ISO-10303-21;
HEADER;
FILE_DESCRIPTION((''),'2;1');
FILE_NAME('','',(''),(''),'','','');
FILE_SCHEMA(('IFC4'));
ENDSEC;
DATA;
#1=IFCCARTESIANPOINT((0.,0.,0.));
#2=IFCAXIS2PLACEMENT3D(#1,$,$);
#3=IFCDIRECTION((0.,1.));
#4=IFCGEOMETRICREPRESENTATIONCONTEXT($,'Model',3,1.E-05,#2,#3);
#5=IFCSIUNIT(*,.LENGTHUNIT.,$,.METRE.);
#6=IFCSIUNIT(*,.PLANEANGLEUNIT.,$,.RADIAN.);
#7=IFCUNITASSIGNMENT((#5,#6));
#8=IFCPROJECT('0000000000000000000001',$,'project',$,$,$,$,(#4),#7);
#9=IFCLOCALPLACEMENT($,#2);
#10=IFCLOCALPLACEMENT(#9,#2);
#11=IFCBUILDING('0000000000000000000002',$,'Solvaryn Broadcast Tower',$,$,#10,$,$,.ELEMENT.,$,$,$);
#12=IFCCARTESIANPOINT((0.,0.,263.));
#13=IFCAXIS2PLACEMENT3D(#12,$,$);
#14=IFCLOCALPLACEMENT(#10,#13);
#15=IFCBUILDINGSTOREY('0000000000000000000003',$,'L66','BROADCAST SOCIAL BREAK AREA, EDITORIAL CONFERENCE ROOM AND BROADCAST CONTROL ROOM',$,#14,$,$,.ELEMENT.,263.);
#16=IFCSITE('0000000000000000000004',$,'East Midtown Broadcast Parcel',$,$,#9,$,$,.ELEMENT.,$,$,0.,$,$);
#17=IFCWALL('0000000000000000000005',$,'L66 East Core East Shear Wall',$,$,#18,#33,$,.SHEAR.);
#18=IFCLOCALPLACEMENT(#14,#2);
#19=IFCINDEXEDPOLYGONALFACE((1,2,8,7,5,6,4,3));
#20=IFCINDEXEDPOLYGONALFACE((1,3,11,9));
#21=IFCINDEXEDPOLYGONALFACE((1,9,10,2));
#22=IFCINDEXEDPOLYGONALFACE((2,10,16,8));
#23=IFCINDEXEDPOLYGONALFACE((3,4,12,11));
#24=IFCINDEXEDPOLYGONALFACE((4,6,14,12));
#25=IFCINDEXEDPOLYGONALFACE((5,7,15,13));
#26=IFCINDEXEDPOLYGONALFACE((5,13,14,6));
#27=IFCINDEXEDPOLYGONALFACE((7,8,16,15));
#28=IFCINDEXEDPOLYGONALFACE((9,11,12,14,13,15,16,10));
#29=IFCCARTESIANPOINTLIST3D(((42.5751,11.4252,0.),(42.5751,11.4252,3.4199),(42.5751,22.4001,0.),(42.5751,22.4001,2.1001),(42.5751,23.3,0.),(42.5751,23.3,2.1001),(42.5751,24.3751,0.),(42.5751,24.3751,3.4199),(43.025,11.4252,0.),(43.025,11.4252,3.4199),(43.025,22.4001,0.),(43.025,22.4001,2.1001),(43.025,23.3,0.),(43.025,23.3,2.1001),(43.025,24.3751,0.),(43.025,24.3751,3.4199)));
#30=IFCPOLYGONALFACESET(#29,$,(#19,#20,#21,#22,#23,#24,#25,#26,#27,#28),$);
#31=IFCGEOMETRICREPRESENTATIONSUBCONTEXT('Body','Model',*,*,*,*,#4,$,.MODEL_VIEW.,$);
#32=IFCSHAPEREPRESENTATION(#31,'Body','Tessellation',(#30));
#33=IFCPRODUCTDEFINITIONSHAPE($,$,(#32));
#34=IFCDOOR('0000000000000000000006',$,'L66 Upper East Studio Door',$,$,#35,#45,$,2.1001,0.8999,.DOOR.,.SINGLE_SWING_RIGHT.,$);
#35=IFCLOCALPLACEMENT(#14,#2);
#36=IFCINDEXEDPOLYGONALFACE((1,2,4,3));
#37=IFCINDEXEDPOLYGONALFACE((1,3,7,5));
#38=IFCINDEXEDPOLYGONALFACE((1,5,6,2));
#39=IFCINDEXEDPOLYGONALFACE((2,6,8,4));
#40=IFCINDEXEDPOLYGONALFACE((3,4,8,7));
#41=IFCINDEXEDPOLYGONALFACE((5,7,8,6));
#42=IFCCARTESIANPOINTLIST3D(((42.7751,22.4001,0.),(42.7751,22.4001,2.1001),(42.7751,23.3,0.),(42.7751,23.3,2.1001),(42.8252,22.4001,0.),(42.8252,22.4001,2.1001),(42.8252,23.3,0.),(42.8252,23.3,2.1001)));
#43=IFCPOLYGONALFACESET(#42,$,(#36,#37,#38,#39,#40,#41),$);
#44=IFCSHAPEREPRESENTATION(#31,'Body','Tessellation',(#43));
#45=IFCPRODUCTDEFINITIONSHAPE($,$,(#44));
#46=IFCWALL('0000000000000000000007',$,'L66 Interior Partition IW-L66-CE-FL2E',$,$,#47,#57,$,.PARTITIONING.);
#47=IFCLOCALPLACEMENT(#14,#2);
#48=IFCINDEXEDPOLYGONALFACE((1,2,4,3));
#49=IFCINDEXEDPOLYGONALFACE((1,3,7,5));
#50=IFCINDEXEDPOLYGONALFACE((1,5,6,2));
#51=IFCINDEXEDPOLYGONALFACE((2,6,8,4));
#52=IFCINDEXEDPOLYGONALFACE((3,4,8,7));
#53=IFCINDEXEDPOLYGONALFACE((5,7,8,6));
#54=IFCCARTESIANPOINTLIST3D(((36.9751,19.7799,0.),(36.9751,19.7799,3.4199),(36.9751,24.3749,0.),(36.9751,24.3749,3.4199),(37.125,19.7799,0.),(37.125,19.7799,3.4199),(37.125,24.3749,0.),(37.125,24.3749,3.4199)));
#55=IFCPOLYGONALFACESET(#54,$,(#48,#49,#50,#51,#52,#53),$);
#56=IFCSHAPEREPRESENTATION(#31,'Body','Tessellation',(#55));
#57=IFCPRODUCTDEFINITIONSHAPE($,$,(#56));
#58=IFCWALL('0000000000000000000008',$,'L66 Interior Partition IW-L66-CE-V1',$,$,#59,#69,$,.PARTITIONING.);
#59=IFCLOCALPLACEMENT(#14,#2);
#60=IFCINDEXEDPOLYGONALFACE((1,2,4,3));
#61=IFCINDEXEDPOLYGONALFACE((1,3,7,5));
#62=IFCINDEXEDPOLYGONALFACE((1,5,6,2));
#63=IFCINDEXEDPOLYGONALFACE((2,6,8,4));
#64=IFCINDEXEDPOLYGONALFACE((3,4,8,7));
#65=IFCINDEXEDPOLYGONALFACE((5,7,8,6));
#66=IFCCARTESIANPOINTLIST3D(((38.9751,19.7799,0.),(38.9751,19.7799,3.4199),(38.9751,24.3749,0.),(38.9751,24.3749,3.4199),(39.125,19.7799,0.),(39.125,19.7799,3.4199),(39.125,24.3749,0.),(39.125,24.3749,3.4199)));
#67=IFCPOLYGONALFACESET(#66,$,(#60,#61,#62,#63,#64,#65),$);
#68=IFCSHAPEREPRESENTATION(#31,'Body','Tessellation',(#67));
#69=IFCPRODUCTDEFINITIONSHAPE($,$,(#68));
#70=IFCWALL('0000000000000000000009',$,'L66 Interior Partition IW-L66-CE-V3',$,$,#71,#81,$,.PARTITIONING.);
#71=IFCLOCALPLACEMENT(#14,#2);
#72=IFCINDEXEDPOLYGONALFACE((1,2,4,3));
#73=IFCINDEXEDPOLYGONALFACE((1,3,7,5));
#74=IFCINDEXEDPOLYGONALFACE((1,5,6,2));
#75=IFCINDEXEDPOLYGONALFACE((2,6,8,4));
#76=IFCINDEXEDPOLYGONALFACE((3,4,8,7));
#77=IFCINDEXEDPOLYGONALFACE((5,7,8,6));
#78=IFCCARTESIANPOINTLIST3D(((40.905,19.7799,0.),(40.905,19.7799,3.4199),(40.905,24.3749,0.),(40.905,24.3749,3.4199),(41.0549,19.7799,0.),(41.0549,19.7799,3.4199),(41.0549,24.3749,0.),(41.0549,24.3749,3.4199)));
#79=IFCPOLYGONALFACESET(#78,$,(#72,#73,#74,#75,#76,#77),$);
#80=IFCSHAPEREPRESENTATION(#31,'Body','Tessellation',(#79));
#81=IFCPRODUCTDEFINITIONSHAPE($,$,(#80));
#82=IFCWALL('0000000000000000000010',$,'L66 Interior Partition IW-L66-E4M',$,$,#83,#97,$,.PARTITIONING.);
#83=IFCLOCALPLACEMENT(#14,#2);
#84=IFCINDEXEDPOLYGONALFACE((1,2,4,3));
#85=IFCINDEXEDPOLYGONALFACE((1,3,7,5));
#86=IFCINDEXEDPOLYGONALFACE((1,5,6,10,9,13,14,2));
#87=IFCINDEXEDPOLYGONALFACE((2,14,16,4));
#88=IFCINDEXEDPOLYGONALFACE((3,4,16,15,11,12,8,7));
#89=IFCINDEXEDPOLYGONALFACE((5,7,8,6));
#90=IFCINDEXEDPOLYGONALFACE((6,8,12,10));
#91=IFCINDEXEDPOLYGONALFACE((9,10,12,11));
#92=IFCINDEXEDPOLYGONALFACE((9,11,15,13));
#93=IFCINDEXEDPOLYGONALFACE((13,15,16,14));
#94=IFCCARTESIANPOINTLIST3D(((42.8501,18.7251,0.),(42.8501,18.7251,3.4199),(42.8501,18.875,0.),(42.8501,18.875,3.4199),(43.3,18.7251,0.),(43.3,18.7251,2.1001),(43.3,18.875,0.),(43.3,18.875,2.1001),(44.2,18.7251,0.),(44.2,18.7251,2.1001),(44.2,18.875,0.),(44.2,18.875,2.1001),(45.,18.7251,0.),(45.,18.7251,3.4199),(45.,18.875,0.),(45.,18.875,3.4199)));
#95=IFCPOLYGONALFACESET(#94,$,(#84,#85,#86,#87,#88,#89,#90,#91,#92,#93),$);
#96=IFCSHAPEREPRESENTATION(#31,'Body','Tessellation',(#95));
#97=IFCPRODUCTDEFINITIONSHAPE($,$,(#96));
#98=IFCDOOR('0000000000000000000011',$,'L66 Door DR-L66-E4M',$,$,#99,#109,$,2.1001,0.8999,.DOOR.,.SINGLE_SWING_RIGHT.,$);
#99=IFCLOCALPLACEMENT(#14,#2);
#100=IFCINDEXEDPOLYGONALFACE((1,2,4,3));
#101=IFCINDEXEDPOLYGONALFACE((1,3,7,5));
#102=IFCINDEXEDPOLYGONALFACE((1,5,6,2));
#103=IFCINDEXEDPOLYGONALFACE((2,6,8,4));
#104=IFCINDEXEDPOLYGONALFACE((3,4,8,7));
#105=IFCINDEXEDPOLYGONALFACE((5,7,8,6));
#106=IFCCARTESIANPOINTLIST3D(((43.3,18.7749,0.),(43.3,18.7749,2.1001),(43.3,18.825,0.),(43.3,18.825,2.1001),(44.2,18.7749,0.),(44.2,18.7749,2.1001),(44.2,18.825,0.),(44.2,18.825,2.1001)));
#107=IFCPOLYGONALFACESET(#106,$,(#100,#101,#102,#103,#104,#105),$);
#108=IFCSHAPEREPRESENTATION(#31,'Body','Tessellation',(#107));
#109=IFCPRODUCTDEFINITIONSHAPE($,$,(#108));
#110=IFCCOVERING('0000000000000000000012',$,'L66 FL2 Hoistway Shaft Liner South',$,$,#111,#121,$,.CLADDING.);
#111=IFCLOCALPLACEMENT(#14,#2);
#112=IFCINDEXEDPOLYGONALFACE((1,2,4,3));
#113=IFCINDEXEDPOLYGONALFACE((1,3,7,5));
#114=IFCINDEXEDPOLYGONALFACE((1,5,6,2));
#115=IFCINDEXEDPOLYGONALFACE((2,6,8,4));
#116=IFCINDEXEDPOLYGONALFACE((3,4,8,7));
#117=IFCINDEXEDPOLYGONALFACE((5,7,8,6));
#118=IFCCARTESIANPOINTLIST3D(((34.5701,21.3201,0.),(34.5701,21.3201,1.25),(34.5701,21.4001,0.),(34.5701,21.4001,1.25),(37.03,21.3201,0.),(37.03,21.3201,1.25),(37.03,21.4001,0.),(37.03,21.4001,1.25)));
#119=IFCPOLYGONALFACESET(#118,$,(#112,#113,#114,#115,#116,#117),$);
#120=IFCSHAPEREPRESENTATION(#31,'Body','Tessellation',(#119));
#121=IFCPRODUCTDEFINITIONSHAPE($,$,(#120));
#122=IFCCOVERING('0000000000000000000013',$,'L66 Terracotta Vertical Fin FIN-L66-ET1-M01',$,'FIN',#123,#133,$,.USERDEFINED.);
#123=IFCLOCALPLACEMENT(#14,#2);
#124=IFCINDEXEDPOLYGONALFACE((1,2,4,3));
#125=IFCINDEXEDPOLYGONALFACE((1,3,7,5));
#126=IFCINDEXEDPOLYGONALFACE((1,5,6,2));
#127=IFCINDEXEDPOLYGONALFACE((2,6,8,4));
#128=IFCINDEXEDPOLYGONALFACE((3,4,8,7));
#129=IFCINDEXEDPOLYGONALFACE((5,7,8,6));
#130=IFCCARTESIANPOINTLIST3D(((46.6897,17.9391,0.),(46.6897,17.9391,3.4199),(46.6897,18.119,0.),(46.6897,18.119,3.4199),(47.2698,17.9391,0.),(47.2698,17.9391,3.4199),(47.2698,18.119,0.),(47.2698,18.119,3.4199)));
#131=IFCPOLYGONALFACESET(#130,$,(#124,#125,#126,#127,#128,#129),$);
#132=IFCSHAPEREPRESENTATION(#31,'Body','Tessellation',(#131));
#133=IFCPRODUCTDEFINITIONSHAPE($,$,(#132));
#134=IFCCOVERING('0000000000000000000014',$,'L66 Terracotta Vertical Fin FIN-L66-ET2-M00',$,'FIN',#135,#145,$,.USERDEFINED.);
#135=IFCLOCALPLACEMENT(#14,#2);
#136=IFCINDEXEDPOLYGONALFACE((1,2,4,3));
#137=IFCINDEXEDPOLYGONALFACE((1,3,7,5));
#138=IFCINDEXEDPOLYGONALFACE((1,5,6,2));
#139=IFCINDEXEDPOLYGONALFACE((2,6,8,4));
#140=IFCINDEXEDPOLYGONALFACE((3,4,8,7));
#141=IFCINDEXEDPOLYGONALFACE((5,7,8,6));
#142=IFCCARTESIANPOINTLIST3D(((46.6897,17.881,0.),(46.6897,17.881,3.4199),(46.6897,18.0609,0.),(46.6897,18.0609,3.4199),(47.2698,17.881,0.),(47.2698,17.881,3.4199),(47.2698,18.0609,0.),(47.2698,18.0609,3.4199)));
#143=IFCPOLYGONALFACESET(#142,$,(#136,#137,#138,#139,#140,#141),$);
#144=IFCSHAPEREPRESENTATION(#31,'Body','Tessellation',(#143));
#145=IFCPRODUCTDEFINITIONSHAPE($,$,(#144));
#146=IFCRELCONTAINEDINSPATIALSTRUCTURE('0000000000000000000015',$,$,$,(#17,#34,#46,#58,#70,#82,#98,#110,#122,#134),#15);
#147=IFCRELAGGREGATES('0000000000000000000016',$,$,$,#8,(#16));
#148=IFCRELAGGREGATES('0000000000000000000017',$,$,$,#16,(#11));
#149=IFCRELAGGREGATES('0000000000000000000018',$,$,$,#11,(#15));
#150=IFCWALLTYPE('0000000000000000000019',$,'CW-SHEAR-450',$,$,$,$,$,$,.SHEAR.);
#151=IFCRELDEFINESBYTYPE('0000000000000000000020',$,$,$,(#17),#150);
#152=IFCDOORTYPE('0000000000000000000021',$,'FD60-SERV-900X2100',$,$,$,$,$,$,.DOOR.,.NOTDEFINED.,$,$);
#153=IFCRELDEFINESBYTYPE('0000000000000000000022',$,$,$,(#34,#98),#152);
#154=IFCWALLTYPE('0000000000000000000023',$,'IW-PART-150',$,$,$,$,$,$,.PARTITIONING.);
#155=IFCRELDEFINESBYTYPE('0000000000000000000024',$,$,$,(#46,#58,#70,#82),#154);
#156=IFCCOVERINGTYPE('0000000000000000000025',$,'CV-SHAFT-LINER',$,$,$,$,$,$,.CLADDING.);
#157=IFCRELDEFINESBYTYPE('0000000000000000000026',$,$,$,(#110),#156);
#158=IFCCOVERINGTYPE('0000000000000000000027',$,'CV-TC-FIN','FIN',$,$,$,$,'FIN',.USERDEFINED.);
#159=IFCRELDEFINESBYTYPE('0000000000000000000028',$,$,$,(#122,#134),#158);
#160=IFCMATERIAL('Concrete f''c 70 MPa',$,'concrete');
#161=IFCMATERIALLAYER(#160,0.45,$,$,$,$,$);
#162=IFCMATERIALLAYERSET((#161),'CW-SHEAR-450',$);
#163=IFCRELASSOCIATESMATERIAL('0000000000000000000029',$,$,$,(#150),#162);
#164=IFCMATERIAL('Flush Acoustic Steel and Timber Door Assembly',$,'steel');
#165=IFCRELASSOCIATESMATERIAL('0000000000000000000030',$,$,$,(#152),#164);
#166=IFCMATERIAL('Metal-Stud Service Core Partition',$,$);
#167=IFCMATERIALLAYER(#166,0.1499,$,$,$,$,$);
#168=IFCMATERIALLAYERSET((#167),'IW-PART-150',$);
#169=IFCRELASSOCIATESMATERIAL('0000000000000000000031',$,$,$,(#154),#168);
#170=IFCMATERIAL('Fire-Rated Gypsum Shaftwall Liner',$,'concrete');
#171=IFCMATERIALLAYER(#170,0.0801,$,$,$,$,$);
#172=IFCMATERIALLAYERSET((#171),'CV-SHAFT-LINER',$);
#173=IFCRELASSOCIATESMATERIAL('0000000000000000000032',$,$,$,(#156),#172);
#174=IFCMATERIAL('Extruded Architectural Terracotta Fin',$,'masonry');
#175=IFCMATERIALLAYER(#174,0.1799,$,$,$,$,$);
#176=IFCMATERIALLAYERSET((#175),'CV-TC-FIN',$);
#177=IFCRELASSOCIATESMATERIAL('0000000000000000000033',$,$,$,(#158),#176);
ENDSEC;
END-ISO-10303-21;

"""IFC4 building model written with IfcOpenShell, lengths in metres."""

from ifc_helpers import new_model, si_unit, direction, frame, frame_2d, origin, origin_2d, place, context, subcontext, project, spatial, rectangle, extrude, material, layer, layer_set, type_object, element, fill, save


model = new_model("IFC4")

# Units and contexts
model_context = context("Model", 3, precision=1e-05, world=origin(), true_north=direction((0.0, 1.0)))
body_context = subcontext(model_context, "Body", "Model", "MODEL_VIEW")
ifc_project = project(units=[si_unit("LENGTHUNIT", "METRE"), si_unit("PLANEANGLEUNIT", "RADIAN")], contexts=[model_context])

# Site, building, storey
site_placement = place(None, origin())
site = spatial("IfcSite", under=ifc_project, at=site_placement, Name="East Midtown Broadcast Parcel", CompositionType="ELEMENT", RefElevation=0.0)
building_placement = place(site_placement, origin())
building = spatial("IfcBuilding", under=site, at=building_placement, Name="Solvaryn Broadcast Tower", CompositionType="ELEMENT")
storey_placement = place(building_placement, frame((0.0, 0.0, 263.0)))
storey = spatial("IfcBuildingStorey", under=building, at=storey_placement, Name="L66", Description="BROADCAST SOCIAL BREAK AREA, EDITORIAL CONFERENCE ROOM AND BROADCAST CONTROL ROOM", CompositionType="ELEMENT", Elevation=263.0)

# Wall, opening, door
ifc_material_1 = material(Name="Concrete f'c 70 MPa", Category="concrete")
ifc_layer_1 = layer(ifc_material_1, 0.45)
ifc_layer_set_1 = layer_set([ifc_layer_1], Name="CW-SHEAR-450")
wall_type_1 = type_object("IfcWallType", Name="CW-SHEAR-450", PredefinedType="SHEAR", material=ifc_layer_set_1)
wall_1_placement = place(storey_placement, frame((42.8, 11.425, 0.0), z_axis=(0.0, 0.0, 1.0), x_axis=(0.0, 1.0, 0.0)))
wall_1 = element("IfcWall", 1, at=wall_1_placement, inside=storey, type_object=wall_type_1, Name="L66 East Core East Shear Wall", PredefinedType="SHEAR", context=body_context, shape_type="SweptSolid", body=[
    extrude(rectangle(XDim=12.95, YDim=0.45, at=frame_2d((6.4751, 0.0))), origin(), (0.0, 0.0, 1.0), 3.4199),
])
opening_1_placement = place(wall_1_placement, frame((10.9751, 0.0, 0.0)))
opening_1 = element("IfcOpeningElement", 2, at=opening_1_placement, cuts=wall_1, PredefinedType="OPENING", context=body_context, shape_type="SweptSolid", body=[
    extrude(rectangle(XDim=0.8999, YDim=2.1001, at=frame_2d((0.45, 1.05))), frame((0.0, 0.2351, 0.0), z_axis=(0.0, -1.0, 0.0), x_axis=(1.0, 0.0, 0.0)), (0.0, 0.0, 1.0), 0.47),
])
ifc_material_2 = material(Name="Flush Acoustic Steel and Timber Door Assembly", Category="steel")
door_type = type_object("IfcDoorType", Name="FD60-SERV-900X2100", OperationType="NOTDEFINED", PredefinedType="DOOR", material=ifc_material_2)
door_1_placement = place(opening_1_placement, origin())
door_1 = element("IfcDoor", 3, at=door_1_placement, inside=storey, type_object=door_type, Name="L66 Upper East Studio Door", OperationType="SINGLE_SWING_RIGHT", OverallHeight=2.1001, OverallWidth=0.8999, PredefinedType="DOOR", context=body_context, shape_type="SweptSolid", body=[
    extrude(rectangle(XDim=0.8999, YDim=2.1001, at=frame_2d((0.45, 1.05))), frame((0.0, 0.0249, 0.0), z_axis=(0.0, -1.0, 0.0), x_axis=(1.0, 0.0, 0.0)), (0.0, 0.0, 1.0), 0.05),
])
fill(opening_1, door_1)

# Walls
ifc_material_3 = material(Name="Metal-Stud Service Core Partition")
ifc_layer_2 = layer(ifc_material_3, 0.1499)
ifc_layer_set_2 = layer_set([ifc_layer_2], Name="IW-PART-150")
wall_type_2 = type_object("IfcWallType", Name="IW-PART-150", PredefinedType="PARTITIONING", material=ifc_layer_set_2)
for number, where, z_axis, x_axis, name in (
    (4, (37.05, 19.78, 0.0), (0.0, 0.0, 1.0), (0.0, 1.0, 0.0), "L66 Interior Partition IW-L66-CE-FL2E"),
    (5, (39.05, 19.78, 0.0), (0.0, 0.0, 1.0), (0.0, 1.0, 0.0), "L66 Interior Partition IW-L66-CE-V1"),
    (6, (40.98, 19.78, 0.0), (0.0, 0.0, 1.0), (0.0, 1.0, 0.0), "L66 Interior Partition IW-L66-CE-V3"),
):
    element("IfcWall", number, at=place(storey_placement, frame(where, z_axis=z_axis, x_axis=x_axis)), inside=storey, type_object=wall_type_2, Name=name, PredefinedType="PARTITIONING", context=body_context, shape_type="SweptSolid", body=[
        extrude(rectangle(XDim=4.595, YDim=0.1499, at=frame_2d((2.2974, 0.0))), origin(), (0.0, 0.0, 1.0), 3.4199),
    ])

# Wall, opening, door
wall_2_placement = place(storey_placement, frame((42.8501, 18.8, 0.0), z_axis=(0.0, 0.0, 1.0), x_axis=(1.0, 0.0, 0.0)))
wall_2 = element("IfcWall", 7, at=wall_2_placement, inside=storey, type_object=wall_type_2, Name="L66 Interior Partition IW-L66-E4M", PredefinedType="PARTITIONING", context=body_context, shape_type="SweptSolid", body=[
    extrude(rectangle(XDim=2.1499, YDim=0.1499, at=frame_2d((1.075, 0.0))), origin(), (0.0, 0.0, 1.0), 3.4199),
])
opening_2_placement = place(wall_2_placement, frame((0.45, 0.0, 0.0)))
opening_2 = element("IfcOpeningElement", 8, at=opening_2_placement, cuts=wall_2, PredefinedType="OPENING", context=body_context, shape_type="SweptSolid", body=[
    extrude(rectangle(XDim=0.8999, YDim=2.1001, at=frame_2d((0.45, 1.05))), frame((0.0, 0.085, 0.0), z_axis=(0.0, -1.0, 0.0), x_axis=(1.0, 0.0, 0.0)), (0.0, 0.0, 1.0), 0.1699),
])
door_2_placement = place(opening_2_placement, origin())
door_2 = element("IfcDoor", 9, at=door_2_placement, inside=storey, type_object=door_type, Name="L66 Door DR-L66-E4M", OperationType="SINGLE_SWING_RIGHT", OverallHeight=2.1001, OverallWidth=0.8999, PredefinedType="DOOR", context=body_context, shape_type="SweptSolid", body=[
    extrude(rectangle(XDim=0.8999, YDim=2.1001, at=frame_2d((0.45, 1.05))), frame((0.0, 0.0249, 0.0), z_axis=(0.0, -1.0, 0.0), x_axis=(1.0, 0.0, 0.0)), (0.0, 0.0, 1.0), 0.05),
])
fill(opening_2, door_2)

# Coverings
ifc_material_4 = material(Name="Fire-Rated Gypsum Shaftwall Liner", Category="concrete")
ifc_layer_3 = layer(ifc_material_4, 0.0801)
ifc_layer_set_3 = layer_set([ifc_layer_3], Name="CV-SHAFT-LINER")
covering_type_1 = type_object("IfcCoveringType", Name="CV-SHAFT-LINER", PredefinedType="CLADDING", material=ifc_layer_set_3)
covering_placement = place(storey_placement, frame((35.8, 21.3601, 0.0), z_axis=(0.0, 0.0, 1.0), x_axis=(1.0, 0.0, 0.0)))
element("IfcCovering", 10, at=covering_placement, inside=storey, type_object=covering_type_1, Name="L66 FL2 Hoistway Shaft Liner South", PredefinedType="CLADDING", context=body_context, shape_type="SweptSolid", body=[
    extrude(rectangle(XDim=2.46, YDim=0.0801, at=origin_2d()), origin(), (0.0, 0.0, 1.0), 1.25),
])
ifc_material_5 = material(Name="Extruded Architectural Terracotta Fin", Category="masonry")
ifc_layer_4 = layer(ifc_material_5, 0.1799)
ifc_layer_set_4 = layer_set([ifc_layer_4], Name="CV-TC-FIN")
covering_type_2 = type_object("IfcCoveringType", Name="CV-TC-FIN", Description="FIN", ElementType="FIN", PredefinedType="USERDEFINED", material=ifc_layer_set_4)
for number, where, z_axis, x_axis, name in (
    (11, (46.9797, 18.0291, 0.0), (0.0, 0.0, 1.0), (1.0, 0.0, 0.0), "L66 Terracotta Vertical Fin FIN-L66-ET1-M01"),
    (12, (46.9797, 17.9709, 0.0), (0.0, 0.0, 1.0), (1.0, 0.0, 0.0), "L66 Terracotta Vertical Fin FIN-L66-ET2-M00"),
):
    element("IfcCovering", number, at=place(storey_placement, frame(where, z_axis=z_axis, x_axis=x_axis)), inside=storey, type_object=covering_type_2, Name=name, ObjectType="FIN", PredefinedType="USERDEFINED", context=body_context, shape_type="SweptSolid", body=[
        extrude(rectangle(XDim=0.5801, YDim=0.1799, at=origin_2d()), origin(), (0.0, 0.0, 1.0), 3.4199),
    ])

save(model, "model.ifc")
